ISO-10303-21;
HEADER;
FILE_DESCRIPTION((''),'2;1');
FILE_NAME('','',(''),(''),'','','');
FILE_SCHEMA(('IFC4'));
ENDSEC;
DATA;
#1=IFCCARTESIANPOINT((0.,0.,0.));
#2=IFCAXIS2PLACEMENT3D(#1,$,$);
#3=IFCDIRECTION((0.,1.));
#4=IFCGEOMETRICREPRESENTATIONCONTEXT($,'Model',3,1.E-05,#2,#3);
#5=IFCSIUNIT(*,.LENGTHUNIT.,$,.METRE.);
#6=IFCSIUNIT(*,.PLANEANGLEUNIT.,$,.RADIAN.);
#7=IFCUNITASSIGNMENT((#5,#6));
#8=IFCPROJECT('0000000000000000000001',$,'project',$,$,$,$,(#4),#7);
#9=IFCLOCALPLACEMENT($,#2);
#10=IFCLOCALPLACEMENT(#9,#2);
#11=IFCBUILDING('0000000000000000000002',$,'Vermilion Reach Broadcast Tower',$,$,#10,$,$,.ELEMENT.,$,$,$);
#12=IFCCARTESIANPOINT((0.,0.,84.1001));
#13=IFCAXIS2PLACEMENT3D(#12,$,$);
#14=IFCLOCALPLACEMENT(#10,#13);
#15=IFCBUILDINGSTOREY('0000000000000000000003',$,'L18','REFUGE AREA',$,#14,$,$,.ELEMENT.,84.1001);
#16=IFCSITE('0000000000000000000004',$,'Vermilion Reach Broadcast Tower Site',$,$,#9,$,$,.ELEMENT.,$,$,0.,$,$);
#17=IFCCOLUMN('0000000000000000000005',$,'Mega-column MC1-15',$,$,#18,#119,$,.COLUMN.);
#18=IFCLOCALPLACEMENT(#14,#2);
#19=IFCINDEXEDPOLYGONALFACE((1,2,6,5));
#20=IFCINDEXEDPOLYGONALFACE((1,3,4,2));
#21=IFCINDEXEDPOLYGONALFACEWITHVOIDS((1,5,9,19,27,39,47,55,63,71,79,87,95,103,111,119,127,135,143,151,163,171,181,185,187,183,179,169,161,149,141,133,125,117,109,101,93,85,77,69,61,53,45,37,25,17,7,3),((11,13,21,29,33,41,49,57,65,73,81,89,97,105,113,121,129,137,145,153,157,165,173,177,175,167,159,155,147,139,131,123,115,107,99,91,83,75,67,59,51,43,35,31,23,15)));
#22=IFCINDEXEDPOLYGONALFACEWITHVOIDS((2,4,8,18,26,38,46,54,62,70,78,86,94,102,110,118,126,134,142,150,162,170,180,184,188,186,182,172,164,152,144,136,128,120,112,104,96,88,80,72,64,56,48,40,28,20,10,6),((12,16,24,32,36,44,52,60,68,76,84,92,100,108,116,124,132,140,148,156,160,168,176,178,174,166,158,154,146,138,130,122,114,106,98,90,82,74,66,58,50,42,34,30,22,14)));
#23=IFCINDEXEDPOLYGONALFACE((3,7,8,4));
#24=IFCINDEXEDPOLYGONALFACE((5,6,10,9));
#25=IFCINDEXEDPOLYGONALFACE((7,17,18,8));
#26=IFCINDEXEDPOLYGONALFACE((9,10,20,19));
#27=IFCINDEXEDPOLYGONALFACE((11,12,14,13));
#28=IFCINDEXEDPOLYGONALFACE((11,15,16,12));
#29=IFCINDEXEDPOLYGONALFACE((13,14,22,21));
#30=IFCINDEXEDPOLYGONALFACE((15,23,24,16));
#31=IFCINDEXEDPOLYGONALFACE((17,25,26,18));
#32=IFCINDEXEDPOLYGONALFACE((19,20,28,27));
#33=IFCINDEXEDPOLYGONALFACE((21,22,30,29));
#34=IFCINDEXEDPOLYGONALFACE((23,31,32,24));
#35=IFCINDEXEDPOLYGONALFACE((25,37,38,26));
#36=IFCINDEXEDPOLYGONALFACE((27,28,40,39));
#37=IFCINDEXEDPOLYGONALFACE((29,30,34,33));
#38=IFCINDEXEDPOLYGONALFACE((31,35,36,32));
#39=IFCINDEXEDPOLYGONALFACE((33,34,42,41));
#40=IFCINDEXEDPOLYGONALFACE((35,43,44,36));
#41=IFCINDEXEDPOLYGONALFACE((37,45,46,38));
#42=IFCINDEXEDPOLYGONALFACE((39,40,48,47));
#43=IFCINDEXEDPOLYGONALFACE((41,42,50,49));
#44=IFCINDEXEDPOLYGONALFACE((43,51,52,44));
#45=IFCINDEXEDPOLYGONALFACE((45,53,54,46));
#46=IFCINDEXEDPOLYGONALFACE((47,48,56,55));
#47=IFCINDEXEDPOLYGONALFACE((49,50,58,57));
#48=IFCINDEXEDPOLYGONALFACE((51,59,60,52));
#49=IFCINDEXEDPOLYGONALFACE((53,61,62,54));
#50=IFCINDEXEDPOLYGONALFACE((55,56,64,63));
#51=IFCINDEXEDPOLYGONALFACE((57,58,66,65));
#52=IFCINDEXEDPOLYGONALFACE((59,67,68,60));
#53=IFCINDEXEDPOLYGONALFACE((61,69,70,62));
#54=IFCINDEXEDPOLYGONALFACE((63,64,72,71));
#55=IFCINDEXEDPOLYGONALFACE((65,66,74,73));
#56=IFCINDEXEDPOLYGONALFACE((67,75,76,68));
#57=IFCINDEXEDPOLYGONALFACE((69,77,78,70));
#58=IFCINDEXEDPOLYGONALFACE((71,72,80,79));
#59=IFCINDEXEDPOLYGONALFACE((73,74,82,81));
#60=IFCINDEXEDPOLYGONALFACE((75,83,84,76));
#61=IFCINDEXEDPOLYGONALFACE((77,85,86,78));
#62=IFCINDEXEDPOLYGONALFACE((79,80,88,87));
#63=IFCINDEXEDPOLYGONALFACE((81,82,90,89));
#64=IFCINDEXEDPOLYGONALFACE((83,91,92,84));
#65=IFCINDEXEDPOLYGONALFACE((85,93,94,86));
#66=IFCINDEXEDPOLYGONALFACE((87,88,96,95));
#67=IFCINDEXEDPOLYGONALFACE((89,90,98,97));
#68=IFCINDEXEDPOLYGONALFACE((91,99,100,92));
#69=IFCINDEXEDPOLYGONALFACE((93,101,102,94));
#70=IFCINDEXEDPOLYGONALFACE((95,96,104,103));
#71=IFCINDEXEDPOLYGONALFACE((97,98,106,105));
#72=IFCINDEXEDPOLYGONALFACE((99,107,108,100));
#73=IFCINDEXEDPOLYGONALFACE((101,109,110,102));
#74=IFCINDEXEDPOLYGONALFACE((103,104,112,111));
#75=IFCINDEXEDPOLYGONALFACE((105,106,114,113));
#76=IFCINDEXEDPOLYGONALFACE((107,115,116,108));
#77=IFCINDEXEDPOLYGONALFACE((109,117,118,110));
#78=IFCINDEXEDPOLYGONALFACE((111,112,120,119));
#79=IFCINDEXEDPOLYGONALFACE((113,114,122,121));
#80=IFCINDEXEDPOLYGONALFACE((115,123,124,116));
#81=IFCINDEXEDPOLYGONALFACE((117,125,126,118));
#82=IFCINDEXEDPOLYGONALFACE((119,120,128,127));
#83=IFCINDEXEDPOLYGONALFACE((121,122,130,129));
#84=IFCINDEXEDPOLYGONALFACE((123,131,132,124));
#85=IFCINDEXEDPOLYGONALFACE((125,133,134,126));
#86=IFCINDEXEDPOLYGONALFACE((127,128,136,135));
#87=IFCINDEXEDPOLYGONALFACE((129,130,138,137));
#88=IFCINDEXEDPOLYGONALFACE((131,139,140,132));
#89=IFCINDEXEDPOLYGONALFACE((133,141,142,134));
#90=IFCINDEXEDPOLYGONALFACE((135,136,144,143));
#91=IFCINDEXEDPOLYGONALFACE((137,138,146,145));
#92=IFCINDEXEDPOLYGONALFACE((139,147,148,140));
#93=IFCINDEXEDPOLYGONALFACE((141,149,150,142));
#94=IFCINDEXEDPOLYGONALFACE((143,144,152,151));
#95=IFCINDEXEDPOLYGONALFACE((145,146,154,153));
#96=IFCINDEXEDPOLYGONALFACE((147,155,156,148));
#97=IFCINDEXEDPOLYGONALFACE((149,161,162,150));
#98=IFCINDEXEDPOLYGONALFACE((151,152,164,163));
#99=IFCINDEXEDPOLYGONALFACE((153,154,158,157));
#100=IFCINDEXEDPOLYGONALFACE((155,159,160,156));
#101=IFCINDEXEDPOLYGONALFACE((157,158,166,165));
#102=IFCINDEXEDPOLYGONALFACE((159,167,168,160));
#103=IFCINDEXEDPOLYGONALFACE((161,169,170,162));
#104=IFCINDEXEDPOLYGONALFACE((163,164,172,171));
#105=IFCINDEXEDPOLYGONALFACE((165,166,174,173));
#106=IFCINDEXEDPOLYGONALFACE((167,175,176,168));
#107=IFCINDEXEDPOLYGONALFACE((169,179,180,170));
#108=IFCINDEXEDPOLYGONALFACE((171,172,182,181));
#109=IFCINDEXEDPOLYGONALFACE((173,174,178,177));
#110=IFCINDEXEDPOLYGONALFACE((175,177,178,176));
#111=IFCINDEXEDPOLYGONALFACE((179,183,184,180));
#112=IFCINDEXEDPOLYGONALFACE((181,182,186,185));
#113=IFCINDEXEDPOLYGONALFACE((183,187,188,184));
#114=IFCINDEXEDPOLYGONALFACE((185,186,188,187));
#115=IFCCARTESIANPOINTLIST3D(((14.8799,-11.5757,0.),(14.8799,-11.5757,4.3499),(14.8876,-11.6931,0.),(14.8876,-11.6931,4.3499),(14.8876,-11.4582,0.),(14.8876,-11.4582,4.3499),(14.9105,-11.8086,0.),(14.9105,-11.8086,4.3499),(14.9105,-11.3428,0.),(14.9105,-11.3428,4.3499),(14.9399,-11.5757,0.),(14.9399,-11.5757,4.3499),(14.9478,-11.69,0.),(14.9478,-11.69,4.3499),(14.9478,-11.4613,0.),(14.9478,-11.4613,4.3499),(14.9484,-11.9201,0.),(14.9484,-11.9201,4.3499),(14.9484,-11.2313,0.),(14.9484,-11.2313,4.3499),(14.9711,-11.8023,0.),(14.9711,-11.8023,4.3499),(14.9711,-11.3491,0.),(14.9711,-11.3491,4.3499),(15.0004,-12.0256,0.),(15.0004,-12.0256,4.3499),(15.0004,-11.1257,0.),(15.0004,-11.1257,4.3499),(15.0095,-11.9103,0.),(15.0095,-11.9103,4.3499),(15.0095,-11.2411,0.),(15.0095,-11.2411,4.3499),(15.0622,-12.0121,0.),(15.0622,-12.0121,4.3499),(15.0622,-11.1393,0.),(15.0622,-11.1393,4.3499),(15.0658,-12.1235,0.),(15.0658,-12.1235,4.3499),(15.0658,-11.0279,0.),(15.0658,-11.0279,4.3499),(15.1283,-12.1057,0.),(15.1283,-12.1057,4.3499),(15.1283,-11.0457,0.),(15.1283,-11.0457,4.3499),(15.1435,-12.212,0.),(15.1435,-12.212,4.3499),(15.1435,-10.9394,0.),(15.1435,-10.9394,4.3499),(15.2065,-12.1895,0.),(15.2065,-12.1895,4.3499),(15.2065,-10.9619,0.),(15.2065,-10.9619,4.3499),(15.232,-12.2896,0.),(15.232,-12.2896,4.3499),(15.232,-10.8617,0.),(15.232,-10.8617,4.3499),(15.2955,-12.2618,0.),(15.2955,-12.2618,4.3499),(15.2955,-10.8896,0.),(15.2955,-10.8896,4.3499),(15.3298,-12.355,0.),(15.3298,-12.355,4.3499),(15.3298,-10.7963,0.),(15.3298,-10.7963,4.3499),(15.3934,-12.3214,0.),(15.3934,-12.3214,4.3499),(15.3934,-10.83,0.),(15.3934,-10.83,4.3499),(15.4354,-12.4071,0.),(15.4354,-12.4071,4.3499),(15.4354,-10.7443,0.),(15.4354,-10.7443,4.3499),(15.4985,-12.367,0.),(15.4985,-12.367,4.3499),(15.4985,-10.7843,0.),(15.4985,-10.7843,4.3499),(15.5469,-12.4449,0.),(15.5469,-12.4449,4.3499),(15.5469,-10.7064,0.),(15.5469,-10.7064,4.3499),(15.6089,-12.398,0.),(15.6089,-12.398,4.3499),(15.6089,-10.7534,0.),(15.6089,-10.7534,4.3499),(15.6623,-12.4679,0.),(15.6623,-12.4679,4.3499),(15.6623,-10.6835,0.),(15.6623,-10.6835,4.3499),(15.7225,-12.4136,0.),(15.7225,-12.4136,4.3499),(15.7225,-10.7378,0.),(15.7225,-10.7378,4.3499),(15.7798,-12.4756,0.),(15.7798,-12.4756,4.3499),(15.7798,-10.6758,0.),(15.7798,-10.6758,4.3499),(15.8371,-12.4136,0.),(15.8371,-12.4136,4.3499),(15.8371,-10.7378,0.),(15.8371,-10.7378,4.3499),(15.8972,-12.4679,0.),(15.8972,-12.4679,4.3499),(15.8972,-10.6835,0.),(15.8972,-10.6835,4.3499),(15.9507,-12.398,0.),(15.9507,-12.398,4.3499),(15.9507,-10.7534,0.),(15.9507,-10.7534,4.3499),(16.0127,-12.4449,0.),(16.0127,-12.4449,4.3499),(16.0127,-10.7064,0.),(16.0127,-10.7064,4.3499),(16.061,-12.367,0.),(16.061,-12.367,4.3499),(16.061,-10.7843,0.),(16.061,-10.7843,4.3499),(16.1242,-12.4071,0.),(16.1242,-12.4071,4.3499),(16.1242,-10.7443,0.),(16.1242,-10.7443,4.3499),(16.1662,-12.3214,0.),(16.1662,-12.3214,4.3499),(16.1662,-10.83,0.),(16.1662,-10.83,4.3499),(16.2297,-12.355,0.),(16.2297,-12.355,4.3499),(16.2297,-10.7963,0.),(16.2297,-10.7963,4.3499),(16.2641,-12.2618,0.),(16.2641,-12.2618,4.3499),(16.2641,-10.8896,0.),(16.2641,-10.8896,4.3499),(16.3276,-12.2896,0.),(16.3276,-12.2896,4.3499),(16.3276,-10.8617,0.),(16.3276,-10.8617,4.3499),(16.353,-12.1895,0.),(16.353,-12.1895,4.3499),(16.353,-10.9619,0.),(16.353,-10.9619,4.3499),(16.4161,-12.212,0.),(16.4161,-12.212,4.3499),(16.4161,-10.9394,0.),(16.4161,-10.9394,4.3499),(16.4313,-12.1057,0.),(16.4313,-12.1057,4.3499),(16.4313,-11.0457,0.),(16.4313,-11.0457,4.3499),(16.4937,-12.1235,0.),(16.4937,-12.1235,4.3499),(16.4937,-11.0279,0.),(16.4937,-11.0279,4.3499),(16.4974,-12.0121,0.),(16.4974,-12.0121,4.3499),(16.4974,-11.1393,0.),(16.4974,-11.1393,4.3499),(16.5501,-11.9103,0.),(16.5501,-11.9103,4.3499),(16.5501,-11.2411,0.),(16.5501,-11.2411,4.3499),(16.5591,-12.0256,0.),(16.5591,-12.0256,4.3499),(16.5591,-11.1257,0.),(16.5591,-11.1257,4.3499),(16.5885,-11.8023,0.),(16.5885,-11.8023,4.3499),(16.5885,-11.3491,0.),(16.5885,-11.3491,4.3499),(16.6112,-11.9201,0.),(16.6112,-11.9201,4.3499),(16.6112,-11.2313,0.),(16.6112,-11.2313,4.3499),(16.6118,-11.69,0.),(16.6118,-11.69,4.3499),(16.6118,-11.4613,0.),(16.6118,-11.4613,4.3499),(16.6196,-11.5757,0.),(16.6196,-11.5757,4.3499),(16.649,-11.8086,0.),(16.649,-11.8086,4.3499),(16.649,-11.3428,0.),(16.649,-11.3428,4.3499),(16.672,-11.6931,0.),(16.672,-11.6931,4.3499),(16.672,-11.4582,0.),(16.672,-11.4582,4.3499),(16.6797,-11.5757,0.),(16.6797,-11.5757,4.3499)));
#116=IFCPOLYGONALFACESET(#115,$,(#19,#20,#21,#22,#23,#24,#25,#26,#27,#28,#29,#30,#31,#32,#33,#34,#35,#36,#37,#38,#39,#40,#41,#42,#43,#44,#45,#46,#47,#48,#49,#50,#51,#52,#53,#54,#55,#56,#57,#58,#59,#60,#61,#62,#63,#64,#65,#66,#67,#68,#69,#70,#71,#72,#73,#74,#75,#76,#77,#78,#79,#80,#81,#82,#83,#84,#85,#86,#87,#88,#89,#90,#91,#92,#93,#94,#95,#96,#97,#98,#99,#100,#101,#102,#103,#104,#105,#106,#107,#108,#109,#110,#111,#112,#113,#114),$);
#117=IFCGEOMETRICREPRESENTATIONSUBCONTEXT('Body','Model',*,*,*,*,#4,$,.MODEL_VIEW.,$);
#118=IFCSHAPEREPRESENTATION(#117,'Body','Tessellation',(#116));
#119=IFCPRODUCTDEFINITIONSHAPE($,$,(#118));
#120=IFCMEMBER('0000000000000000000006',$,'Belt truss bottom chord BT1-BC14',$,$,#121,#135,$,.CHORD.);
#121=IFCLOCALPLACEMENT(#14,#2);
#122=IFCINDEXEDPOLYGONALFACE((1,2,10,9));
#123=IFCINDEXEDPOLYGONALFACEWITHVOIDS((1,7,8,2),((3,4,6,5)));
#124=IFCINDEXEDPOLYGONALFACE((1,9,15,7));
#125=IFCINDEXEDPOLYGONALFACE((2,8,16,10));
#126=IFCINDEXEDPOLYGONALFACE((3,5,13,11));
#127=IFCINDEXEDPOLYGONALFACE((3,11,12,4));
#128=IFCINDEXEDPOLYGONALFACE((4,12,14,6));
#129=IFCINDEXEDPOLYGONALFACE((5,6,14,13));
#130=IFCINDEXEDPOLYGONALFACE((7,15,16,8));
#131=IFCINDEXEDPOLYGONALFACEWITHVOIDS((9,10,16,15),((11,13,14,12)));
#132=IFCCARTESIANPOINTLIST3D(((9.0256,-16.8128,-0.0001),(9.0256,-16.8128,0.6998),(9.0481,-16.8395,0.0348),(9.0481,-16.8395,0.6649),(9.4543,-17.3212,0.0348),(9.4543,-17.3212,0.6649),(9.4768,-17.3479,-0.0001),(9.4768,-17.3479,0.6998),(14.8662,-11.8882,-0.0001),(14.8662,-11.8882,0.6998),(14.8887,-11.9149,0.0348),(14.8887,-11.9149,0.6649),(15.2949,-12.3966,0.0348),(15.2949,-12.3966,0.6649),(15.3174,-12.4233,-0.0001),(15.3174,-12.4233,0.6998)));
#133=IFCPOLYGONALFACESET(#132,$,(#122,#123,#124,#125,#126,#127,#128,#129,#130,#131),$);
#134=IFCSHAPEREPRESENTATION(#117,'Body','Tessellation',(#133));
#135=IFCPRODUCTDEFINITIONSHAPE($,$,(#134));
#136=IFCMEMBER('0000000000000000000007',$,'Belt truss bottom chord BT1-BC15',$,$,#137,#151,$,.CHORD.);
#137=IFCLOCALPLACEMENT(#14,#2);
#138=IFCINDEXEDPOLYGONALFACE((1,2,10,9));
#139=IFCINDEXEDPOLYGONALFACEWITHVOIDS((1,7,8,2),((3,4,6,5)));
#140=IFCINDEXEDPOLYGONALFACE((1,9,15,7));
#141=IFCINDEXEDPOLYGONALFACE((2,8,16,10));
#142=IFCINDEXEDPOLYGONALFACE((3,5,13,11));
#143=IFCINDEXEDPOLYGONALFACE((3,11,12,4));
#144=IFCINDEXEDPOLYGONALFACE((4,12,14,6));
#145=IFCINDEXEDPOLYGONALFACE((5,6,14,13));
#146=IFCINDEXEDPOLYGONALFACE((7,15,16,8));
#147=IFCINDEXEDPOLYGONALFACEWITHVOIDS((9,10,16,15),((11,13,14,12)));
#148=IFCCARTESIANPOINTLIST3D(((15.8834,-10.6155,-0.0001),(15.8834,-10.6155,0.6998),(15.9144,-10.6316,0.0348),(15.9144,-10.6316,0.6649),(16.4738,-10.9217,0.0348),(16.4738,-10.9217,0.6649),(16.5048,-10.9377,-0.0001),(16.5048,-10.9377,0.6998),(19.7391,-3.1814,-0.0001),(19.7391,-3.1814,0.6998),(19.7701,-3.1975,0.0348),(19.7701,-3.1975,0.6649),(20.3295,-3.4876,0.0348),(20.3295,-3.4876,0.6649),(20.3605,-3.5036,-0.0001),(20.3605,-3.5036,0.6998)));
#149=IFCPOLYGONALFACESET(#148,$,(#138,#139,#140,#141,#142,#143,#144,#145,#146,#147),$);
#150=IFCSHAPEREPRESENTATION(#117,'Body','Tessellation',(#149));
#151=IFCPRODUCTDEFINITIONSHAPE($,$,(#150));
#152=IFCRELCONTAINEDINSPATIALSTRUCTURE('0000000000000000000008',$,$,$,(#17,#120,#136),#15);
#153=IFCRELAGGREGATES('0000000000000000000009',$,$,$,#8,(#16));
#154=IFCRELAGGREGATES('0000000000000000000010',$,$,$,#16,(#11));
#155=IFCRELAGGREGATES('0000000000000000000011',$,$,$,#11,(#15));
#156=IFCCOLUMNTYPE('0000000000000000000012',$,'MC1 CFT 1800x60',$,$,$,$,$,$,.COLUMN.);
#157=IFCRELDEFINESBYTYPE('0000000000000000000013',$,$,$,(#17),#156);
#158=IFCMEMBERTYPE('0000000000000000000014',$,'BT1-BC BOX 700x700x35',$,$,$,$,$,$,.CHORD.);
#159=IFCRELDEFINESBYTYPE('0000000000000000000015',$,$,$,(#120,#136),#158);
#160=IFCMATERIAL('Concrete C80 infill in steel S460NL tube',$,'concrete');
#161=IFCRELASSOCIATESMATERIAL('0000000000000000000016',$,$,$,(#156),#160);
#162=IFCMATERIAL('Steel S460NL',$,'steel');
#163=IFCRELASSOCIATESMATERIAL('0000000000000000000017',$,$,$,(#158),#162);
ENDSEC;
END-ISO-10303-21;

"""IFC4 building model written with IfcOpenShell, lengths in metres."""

from ifc_helpers import new_model, si_unit, direction, frame, origin, origin_2d, place, context, subcontext, project, spatial, hollow_rectangle, hollow_circle, extrude, material, material_profile, profile_set, type_object, element, save


model = new_model("IFC4")

# Units and contexts
model_context = context("Model", 3, precision=1e-05, world=origin(), true_north=direction((0.0, 1.0)))
body_context = subcontext(model_context, "Body", "Model", "MODEL_VIEW")
ifc_project = project(units=[si_unit("LENGTHUNIT", "METRE"), si_unit("PLANEANGLEUNIT", "RADIAN")], contexts=[model_context])

# Site, building, storey
site_placement = place(None, origin())
site = spatial("IfcSite", under=ifc_project, at=site_placement, Name="Vermilion Reach Broadcast Tower Site", CompositionType="ELEMENT", RefElevation=0.0)
building_placement = place(site_placement, origin())
building = spatial("IfcBuilding", under=site, at=building_placement, Name="Vermilion Reach Broadcast Tower", CompositionType="ELEMENT")
storey_placement = place(building_placement, frame((0.0, 0.0, 84.1001)))
storey = spatial("IfcBuildingStorey", under=building, at=storey_placement, Name="L18", Description="REFUGE AREA", CompositionType="ELEMENT", Elevation=84.1001)

# Column
ifc_material_1 = material(Name="Concrete C80 infill in steel S460NL tube", Category="concrete")
ifc_material_profile_1 = material_profile(ifc_material_1, hollow_circle(Radius=0.8999, WallThickness=0.0601, at=origin_2d()), Name="Concrete C80 infill in steel S460NL tube CFT 1800x60")
ifc_profile_set_1 = profile_set([ifc_material_profile_1], Name="Concrete C80 infill in steel S460NL tube")
column_type = type_object("IfcColumnType", Name="MC1 CFT 1800x60", PredefinedType="COLUMN", material=ifc_profile_set_1)
for number, where, z_axis, x_axis, name in (
    (1, (15.7798, -11.5757, 0.0), (0.0, 0.0, 1.0), (1.0, 0.0, 0.0), "Mega-column MC1-15"),
):
    element("IfcColumn", number, at=place(storey_placement, frame(where, z_axis=z_axis, x_axis=x_axis)), inside=storey, type_object=column_type, Name=name, PredefinedType="COLUMN", context=body_context, shape_type="SweptSolid", body=[
        extrude(hollow_circle(Radius=0.8999, WallThickness=0.0601, at=origin_2d()), origin(), (0.0, 0.0, 1.0), 4.3499),
    ])

# Members
ifc_material_2 = material(Name="Steel S460NL", Category="steel")
ifc_material_profile_2 = material_profile(ifc_material_2, hollow_rectangle(XDim=0.7, YDim=0.7, WallThickness=0.0349, at=origin_2d()), Name="S460NL BOX 700x700x35")
ifc_profile_set_2 = profile_set([ifc_material_profile_2], Name="Steel S460NL")
member_type_1 = type_object("IfcMemberType", Name="BT1-BC BOX 700x700x35", PredefinedType="CHORD", material=ifc_profile_set_2)
member_1_placement = place(storey_placement, frame((9.2512, -17.0803, 0.3499), z_axis=(0.764512, 0.644609, 0.0), x_axis=(-0.644609, 0.764512, 0.0)))
element("IfcMember", 2, at=member_1_placement, inside=storey, type_object=member_type_1, Name="Belt truss bottom chord BT1-BC14", PredefinedType="CHORD", context=body_context, shape_type="SweptSolid", body=[
    extrude(hollow_rectangle(XDim=0.7, YDim=0.7, WallThickness=0.0349, at=origin_2d()), origin(), (0.0, 0.0, 1.0), 7.6396),
])
member_2_placement = place(storey_placement, frame((16.1941, -10.7766, 0.3499), z_axis=(0.460412, 0.887706, 0.0), x_axis=(-0.887706, 0.460412, 0.0)))
element("IfcMember", 3, at=member_2_placement, inside=storey, type_object=member_type_1, Name="Belt truss bottom chord BT1-BC15", PredefinedType="CHORD", context=body_context, shape_type="SweptSolid", body=[
    extrude(hollow_rectangle(XDim=0.7, YDim=0.7, WallThickness=0.0349, at=origin_2d()), origin(), (0.0, 0.0, 1.0), 8.3745),
])

save(model, "model.ifc")
